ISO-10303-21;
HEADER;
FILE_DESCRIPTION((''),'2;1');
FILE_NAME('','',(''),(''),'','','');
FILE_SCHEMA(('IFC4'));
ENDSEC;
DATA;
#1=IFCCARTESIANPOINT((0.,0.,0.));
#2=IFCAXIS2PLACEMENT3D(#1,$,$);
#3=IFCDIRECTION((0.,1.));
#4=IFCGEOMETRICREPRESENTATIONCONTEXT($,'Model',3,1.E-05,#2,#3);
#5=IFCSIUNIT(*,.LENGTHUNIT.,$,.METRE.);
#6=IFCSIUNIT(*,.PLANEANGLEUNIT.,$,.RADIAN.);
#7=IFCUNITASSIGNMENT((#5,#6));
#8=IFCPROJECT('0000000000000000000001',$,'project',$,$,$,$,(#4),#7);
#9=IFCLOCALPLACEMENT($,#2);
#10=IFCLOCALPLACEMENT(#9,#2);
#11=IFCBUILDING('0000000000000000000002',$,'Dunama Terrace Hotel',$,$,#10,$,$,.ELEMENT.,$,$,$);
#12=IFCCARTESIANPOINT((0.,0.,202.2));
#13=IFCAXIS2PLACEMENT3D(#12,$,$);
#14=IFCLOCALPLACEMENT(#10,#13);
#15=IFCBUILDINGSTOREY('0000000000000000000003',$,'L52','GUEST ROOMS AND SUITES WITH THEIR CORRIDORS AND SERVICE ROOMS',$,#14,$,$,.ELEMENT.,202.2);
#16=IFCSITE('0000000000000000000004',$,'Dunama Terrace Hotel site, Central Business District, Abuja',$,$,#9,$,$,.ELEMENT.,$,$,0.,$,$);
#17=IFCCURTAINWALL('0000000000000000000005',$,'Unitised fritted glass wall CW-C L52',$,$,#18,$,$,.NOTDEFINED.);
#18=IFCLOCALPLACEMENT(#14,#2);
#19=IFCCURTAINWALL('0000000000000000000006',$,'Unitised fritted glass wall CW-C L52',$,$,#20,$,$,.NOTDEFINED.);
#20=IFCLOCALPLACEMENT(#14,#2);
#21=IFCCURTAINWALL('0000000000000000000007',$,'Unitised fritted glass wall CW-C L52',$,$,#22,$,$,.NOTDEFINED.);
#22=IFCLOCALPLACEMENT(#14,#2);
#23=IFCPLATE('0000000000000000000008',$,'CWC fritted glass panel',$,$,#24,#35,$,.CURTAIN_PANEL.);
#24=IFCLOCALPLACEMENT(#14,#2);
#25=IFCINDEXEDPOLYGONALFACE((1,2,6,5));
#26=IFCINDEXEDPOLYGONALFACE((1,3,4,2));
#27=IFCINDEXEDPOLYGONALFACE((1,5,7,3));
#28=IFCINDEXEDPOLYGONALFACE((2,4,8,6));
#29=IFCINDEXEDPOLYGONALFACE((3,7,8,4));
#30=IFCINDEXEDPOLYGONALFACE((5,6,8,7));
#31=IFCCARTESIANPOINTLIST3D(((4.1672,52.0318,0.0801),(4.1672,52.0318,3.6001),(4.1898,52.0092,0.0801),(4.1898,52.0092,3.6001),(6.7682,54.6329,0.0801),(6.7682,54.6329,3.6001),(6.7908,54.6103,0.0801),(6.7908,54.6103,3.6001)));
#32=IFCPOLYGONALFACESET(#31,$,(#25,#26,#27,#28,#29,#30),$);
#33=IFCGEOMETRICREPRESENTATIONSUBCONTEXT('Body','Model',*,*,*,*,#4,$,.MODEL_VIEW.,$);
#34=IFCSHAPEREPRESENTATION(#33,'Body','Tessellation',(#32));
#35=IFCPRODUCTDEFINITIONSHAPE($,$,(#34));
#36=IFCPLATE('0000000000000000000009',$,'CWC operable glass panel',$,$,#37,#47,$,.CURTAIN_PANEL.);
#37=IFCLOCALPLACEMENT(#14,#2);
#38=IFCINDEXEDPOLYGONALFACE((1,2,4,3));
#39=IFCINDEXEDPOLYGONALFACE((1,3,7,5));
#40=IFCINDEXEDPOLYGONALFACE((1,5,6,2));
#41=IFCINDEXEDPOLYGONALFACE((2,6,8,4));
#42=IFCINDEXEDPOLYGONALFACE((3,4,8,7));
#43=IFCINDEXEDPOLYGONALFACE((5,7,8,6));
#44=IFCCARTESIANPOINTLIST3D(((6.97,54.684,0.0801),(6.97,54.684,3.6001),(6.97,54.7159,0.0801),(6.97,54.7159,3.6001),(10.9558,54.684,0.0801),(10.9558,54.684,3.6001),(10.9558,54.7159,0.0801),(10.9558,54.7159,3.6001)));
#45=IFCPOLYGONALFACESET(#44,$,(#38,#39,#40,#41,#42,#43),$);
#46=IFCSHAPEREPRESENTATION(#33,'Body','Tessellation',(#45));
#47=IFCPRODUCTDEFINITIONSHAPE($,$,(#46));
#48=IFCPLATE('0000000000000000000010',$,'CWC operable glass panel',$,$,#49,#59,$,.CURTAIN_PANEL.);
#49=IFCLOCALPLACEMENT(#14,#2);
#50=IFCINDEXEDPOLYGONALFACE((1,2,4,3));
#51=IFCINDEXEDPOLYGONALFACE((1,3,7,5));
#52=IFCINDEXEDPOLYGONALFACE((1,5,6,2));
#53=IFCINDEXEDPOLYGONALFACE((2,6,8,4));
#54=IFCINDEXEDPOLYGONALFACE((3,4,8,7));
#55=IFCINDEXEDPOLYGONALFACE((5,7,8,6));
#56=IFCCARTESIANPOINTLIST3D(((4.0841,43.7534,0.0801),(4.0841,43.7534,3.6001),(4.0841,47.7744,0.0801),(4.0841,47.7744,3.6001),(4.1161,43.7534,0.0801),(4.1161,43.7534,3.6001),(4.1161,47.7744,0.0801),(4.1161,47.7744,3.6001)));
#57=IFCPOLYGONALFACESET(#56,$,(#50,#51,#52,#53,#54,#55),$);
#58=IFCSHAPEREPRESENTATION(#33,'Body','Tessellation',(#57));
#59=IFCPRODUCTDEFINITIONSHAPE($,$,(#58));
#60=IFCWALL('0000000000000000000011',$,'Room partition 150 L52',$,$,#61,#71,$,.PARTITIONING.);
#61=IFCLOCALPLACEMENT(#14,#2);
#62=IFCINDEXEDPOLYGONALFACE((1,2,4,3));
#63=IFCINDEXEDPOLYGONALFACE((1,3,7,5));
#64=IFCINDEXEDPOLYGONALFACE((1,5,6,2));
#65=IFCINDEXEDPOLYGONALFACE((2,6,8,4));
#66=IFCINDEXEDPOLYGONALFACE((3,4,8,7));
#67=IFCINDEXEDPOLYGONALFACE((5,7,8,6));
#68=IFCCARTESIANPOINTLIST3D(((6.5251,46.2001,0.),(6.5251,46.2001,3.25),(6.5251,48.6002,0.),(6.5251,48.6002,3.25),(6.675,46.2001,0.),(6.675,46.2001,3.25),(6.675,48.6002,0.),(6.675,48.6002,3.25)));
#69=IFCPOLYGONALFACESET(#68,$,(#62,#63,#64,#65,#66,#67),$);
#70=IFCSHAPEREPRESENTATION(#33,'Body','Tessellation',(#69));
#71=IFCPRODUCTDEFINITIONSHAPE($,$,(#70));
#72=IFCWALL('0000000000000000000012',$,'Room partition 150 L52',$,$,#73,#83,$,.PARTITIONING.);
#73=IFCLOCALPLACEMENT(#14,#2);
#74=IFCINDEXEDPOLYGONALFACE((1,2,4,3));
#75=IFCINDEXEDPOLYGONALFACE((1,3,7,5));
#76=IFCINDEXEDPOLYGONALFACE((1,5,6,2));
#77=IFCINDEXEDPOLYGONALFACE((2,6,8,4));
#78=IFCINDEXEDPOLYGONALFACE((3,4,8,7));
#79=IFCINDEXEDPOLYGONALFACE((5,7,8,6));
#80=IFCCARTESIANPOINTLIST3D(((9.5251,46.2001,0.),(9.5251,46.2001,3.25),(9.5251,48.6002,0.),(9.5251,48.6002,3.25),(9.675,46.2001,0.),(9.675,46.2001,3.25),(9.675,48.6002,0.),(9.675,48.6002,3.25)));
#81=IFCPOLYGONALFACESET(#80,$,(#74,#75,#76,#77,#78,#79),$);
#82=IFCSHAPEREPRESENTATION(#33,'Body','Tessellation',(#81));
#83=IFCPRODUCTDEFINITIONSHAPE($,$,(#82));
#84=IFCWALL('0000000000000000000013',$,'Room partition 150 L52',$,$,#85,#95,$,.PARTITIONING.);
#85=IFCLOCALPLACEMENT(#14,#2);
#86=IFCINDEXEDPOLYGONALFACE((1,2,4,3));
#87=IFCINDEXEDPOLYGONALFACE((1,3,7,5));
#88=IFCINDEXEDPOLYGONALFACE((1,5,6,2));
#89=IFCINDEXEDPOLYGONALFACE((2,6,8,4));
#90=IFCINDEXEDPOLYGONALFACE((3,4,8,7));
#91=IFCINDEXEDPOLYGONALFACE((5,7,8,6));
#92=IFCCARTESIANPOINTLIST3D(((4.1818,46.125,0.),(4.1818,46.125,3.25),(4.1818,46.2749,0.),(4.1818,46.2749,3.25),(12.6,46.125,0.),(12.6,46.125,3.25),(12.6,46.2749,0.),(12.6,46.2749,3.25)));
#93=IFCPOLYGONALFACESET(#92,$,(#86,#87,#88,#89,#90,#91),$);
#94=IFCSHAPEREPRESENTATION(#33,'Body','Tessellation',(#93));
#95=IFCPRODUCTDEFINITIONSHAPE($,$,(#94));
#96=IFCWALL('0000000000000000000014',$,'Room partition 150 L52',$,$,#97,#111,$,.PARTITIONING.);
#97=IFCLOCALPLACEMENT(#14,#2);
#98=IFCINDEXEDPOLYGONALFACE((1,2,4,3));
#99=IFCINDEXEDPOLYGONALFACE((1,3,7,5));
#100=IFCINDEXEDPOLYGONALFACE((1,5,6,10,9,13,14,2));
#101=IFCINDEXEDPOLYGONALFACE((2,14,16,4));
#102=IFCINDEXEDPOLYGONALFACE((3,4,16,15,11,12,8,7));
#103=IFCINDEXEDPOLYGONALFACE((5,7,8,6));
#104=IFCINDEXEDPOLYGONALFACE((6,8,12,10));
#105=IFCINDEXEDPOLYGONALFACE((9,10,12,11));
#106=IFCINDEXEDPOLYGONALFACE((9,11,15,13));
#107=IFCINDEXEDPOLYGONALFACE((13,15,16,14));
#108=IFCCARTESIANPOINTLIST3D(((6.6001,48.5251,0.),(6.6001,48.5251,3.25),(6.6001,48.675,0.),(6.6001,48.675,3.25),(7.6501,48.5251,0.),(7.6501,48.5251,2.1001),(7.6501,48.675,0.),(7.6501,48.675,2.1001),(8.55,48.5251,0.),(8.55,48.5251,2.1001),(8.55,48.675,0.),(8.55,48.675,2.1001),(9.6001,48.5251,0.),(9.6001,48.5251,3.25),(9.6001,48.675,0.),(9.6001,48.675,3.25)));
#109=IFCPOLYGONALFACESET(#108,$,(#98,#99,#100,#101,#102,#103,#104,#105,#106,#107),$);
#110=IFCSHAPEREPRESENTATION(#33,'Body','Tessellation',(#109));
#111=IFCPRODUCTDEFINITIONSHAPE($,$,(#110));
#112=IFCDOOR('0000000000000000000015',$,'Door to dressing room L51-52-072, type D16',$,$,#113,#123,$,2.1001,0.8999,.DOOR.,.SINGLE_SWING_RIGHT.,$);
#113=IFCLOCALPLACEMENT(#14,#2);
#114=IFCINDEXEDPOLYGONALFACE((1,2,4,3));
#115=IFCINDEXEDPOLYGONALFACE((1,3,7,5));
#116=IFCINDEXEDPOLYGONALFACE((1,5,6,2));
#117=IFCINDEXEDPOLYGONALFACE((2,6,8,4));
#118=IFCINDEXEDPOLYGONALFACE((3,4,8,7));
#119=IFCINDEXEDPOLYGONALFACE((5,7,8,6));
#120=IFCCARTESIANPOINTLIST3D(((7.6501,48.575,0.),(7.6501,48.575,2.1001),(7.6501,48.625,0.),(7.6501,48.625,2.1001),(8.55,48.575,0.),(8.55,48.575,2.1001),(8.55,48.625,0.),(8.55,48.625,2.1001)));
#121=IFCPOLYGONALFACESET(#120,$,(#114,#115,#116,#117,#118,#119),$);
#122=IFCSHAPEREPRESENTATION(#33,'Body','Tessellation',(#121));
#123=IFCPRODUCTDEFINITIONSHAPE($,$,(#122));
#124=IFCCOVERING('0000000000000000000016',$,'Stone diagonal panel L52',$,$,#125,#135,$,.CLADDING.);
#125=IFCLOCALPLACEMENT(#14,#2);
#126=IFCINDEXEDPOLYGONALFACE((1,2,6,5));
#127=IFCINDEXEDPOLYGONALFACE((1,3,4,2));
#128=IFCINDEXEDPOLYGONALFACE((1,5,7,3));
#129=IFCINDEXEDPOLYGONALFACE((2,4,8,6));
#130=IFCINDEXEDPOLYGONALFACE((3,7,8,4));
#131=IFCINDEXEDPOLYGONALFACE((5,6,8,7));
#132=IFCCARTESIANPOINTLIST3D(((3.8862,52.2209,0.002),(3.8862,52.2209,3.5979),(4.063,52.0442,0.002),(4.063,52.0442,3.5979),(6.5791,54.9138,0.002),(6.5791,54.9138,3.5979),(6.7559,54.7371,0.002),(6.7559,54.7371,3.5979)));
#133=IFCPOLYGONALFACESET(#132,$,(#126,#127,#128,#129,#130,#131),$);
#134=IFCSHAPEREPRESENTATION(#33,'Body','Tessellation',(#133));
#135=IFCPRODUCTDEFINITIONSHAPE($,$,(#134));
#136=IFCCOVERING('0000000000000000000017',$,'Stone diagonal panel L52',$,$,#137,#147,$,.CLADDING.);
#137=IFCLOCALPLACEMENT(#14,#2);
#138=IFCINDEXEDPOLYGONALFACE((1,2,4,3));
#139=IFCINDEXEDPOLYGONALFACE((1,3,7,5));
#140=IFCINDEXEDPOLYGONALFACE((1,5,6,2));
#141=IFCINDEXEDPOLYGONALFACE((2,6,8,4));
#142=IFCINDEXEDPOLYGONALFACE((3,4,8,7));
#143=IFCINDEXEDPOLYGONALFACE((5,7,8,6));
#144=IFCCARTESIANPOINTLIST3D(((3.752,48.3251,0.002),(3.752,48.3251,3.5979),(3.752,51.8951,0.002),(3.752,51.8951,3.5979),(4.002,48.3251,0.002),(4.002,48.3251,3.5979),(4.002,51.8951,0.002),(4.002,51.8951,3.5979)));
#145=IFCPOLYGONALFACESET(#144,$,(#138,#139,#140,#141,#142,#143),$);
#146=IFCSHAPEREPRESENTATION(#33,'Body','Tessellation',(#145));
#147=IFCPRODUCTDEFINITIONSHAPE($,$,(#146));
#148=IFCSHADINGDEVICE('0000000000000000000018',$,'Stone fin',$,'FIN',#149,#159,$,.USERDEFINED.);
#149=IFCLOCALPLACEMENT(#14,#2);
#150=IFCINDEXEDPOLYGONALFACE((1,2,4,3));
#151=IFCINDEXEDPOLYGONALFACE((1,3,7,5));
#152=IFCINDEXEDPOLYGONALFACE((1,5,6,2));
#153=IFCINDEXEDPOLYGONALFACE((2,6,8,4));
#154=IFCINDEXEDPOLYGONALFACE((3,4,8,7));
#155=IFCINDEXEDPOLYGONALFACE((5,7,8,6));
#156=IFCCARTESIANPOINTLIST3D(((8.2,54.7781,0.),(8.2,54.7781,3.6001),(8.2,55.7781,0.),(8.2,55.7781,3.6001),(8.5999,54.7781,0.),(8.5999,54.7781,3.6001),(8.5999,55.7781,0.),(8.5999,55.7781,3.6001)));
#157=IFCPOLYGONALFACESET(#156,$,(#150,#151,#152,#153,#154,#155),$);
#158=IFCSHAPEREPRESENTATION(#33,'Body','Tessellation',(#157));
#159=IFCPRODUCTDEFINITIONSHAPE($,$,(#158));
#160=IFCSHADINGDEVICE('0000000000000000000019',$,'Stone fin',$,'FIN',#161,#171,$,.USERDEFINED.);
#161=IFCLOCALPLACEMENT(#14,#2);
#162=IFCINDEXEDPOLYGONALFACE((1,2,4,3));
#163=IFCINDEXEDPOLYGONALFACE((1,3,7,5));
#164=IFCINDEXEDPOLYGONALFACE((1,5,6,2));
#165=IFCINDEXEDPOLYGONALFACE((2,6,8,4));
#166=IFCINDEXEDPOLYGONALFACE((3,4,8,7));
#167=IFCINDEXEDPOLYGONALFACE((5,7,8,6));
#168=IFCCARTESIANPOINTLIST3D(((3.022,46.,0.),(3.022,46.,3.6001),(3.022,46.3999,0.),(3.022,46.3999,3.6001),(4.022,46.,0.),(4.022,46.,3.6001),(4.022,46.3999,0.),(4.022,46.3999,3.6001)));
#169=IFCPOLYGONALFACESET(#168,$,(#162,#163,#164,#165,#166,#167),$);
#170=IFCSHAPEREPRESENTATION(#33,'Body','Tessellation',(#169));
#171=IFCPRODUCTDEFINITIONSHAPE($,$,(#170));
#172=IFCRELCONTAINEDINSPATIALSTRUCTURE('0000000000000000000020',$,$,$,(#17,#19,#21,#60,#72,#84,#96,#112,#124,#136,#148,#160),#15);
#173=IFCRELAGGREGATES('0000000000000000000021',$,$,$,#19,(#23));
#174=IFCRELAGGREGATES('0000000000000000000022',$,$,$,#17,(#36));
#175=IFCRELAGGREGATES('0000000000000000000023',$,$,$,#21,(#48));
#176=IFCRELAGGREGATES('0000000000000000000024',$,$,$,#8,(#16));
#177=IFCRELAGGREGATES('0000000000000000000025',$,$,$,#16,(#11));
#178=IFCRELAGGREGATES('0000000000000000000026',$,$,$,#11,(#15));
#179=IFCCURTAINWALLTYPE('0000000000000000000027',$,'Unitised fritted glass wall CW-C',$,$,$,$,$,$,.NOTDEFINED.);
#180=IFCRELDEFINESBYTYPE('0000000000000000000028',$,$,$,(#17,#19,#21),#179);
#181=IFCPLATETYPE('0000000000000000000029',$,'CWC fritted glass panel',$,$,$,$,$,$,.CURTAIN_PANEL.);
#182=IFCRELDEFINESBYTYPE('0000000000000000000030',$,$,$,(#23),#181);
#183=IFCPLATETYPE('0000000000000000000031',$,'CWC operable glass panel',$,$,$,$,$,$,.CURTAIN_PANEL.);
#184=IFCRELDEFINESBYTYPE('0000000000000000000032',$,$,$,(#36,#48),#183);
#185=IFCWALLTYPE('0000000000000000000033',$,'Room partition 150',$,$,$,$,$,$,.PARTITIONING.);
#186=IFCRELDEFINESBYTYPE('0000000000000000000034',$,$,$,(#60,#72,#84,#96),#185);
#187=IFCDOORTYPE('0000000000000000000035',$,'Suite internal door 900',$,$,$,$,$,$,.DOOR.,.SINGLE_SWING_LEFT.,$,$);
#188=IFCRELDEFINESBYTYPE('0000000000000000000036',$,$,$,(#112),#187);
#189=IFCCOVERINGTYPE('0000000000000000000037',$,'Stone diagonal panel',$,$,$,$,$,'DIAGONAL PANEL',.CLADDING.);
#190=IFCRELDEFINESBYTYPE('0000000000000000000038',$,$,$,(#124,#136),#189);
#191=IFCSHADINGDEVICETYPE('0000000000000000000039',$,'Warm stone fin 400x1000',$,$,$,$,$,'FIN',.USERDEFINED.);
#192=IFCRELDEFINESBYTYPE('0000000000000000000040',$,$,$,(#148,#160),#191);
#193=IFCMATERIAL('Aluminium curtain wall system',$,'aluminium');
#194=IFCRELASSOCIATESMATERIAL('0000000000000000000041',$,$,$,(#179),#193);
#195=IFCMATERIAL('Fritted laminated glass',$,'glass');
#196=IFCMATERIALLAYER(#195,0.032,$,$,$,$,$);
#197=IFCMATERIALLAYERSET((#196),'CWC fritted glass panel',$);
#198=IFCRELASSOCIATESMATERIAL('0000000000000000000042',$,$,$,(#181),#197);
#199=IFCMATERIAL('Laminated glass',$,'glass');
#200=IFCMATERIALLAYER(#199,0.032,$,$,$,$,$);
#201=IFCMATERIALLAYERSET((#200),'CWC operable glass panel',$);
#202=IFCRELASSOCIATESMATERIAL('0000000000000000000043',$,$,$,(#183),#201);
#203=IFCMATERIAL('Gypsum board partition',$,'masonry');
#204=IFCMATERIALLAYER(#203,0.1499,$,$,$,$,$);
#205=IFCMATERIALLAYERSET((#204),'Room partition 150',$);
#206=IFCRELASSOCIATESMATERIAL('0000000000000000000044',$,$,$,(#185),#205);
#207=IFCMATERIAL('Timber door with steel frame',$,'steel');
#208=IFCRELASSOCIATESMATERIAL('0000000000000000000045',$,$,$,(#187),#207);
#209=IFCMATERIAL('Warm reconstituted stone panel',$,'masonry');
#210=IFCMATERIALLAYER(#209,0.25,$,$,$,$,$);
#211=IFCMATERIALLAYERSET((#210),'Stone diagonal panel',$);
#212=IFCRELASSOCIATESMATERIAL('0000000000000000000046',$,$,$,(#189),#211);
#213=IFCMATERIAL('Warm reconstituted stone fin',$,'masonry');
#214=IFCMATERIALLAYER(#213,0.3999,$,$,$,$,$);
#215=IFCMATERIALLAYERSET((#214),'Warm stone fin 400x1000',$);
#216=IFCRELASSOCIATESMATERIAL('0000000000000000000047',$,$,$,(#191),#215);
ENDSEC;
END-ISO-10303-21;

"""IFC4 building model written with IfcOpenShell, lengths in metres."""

from ifc_helpers import new_model, si_unit, direction, frame, frame_2d, origin, origin_2d, place, context, subcontext, project, spatial, rectangle, extrude, material, layer, layer_set, type_object, element, fill, aggregate, save


model = new_model("IFC4")

# Units and contexts
model_context = context("Model", 3, precision=1e-05, world=origin(), true_north=direction((0.0, 1.0)))
body_context = subcontext(model_context, "Body", "Model", "MODEL_VIEW")
ifc_project = project(units=[si_unit("LENGTHUNIT", "METRE"), si_unit("PLANEANGLEUNIT", "RADIAN")], contexts=[model_context])

# Site, building, storey
site_placement = place(None, origin())
site = spatial("IfcSite", under=ifc_project, at=site_placement, Name="Dunama Terrace Hotel site, Central Business District, Abuja", CompositionType="ELEMENT", RefElevation=0.0)
building_placement = place(site_placement, origin())
building = spatial("IfcBuilding", under=site, at=building_placement, Name="Dunama Terrace Hotel", CompositionType="ELEMENT")
storey_placement = place(building_placement, frame((0.0, 0.0, 202.2)))
storey = spatial("IfcBuildingStorey", under=building, at=storey_placement, Name="L52", Description="GUEST ROOMS AND SUITES WITH THEIR CORRIDORS AND SERVICE ROOMS", CompositionType="ELEMENT", Elevation=202.2)

# Curtain wall
ifc_material_1 = material(Name="Aluminium curtain wall system", Category="aluminium")
curtain_wall_type = type_object("IfcCurtainWallType", Name="Unitised fritted glass wall CW-C", PredefinedType="NOTDEFINED", material=ifc_material_1)
curtain_wall_1_placement = place(storey_placement, origin())
curtain_wall_1 = element("IfcCurtainWall", 1, at=curtain_wall_1_placement, inside=storey, type_object=curtain_wall_type, Name="Unitised fritted glass wall CW-C L52", PredefinedType="NOTDEFINED")

# Curtain walls
curtain_wall_2_placement = place(storey_placement, origin())
curtain_wall_2 = element("IfcCurtainWall", 2, at=curtain_wall_2_placement, inside=storey, type_object=curtain_wall_type, Name="Unitised fritted glass wall CW-C L52", PredefinedType="NOTDEFINED")
curtain_wall_3_placement = place(storey_placement, origin())
curtain_wall_3 = element("IfcCurtainWall", 3, at=curtain_wall_3_placement, inside=storey, type_object=curtain_wall_type, Name="Unitised fritted glass wall CW-C L52", PredefinedType="NOTDEFINED")

# Plates
ifc_material_2 = material(Name="Fritted laminated glass", Category="glass")
ifc_layer_1 = layer(ifc_material_2, 0.032)
ifc_layer_set_1 = layer_set([ifc_layer_1], Name="CWC fritted glass panel")
plate_type_1 = type_object("IfcPlateType", Name="CWC fritted glass panel", PredefinedType="CURTAIN_PANEL", material=ifc_layer_set_1)
plate_1_placement = place(storey_placement, frame((5.479, 53.321, 0.0801), z_axis=(0.0, 0.0, 1.0), x_axis=(-0.707107, -0.707107, 0.0)))
plate_1 = element("IfcPlate", 4, at=plate_1_placement, type_object=plate_type_1, Name="CWC fritted glass panel", PredefinedType="CURTAIN_PANEL", context=body_context, shape_type="SweptSolid", body=[
    extrude(rectangle(XDim=3.6785, YDim=0.032, at=origin_2d()), origin(), (0.0, 0.0, 1.0), 3.52),
])
aggregate(curtain_wall_2, [plate_1])
ifc_material_3 = material(Name="Laminated glass", Category="glass")
ifc_layer_2 = layer(ifc_material_3, 0.032)
ifc_layer_set_2 = layer_set([ifc_layer_2], Name="CWC operable glass panel")
plate_type_2 = type_object("IfcPlateType", Name="CWC operable glass panel", PredefinedType="CURTAIN_PANEL", material=ifc_layer_set_2)
plate_2_placement = place(storey_placement, frame((8.9629, 54.7, 0.0801), z_axis=(0.0, 0.0, 1.0), x_axis=(-1.0, 0.0, 0.0)))
plate_2 = element("IfcPlate", 5, at=plate_2_placement, type_object=plate_type_2, Name="CWC operable glass panel", PredefinedType="CURTAIN_PANEL", context=body_context, shape_type="SweptSolid", body=[
    extrude(rectangle(XDim=3.9858, YDim=0.032, at=origin_2d()), origin(), (0.0, 0.0, 1.0), 3.52),
])
aggregate(curtain_wall_1, [plate_2])
plate_3_placement = place(storey_placement, frame((4.1001, 45.7639, 0.0801), z_axis=(0.0, 0.0, 1.0), x_axis=(0.0, -1.0, 0.0)))
plate_3 = element("IfcPlate", 6, at=plate_3_placement, type_object=plate_type_2, Name="CWC operable glass panel", PredefinedType="CURTAIN_PANEL", context=body_context, shape_type="SweptSolid", body=[
    extrude(rectangle(XDim=4.021, YDim=0.032, at=origin_2d()), origin(), (0.0, 0.0, 1.0), 3.52),
])
aggregate(curtain_wall_3, [plate_3])

# Walls
ifc_material_4 = material(Name="Gypsum board partition", Category="masonry")
ifc_layer_3 = layer(ifc_material_4, 0.1499)
ifc_layer_set_3 = layer_set([ifc_layer_3], Name="Room partition 150")
wall_type = type_object("IfcWallType", Name="Room partition 150", PredefinedType="PARTITIONING", material=ifc_layer_set_3)
for number, where, z_axis, x_axis, name in (
    (7, (6.6001, 46.2, 0.0), (0.0, 0.0, 1.0), (0.0, 1.0, 0.0), "Room partition 150 L52"),
    (8, (9.6001, 46.2, 0.0), (0.0, 0.0, 1.0), (0.0, 1.0, 0.0), "Room partition 150 L52"),
):
    element("IfcWall", number, at=place(storey_placement, frame(where, z_axis=z_axis, x_axis=x_axis)), inside=storey, type_object=wall_type, Name=name, PredefinedType="PARTITIONING", context=body_context, shape_type="SweptSolid", body=[
        extrude(rectangle(XDim=2.4001, YDim=0.1499, at=frame_2d((1.2002, 0.0))), origin(), (0.0, 0.0, 1.0), 3.25),
    ])
wall_1_placement = place(storey_placement, frame((4.1819, 46.2, 0.0), z_axis=(0.0, 0.0, 1.0), x_axis=(1.0, 0.0, 0.0)))
element("IfcWall", 9, at=wall_1_placement, inside=storey, type_object=wall_type, Name="Room partition 150 L52", PredefinedType="PARTITIONING", context=body_context, shape_type="SweptSolid", body=[
    extrude(rectangle(XDim=8.4182, YDim=0.1499, at=frame_2d((4.209, 0.0))), origin(), (0.0, 0.0, 1.0), 3.25),
])

# Wall, opening, door
wall_2_placement = place(storey_placement, frame((6.6001, 48.6001, 0.0), z_axis=(0.0, 0.0, 1.0), x_axis=(1.0, 0.0, 0.0)))
wall_2 = element("IfcWall", 10, at=wall_2_placement, inside=storey, type_object=wall_type, Name="Room partition 150 L52", PredefinedType="PARTITIONING", context=body_context, shape_type="SweptSolid", body=[
    extrude(rectangle(XDim=3.0, YDim=0.1499, at=frame_2d((1.5, 0.0))), origin(), (0.0, 0.0, 1.0), 3.25),
])
opening_placement = place(wall_2_placement, frame((1.05, 0.0, 0.0)))
opening = element("IfcOpeningElement", 11, at=opening_placement, cuts=wall_2, PredefinedType="OPENING", context=body_context, shape_type="SweptSolid", body=[
    extrude(rectangle(XDim=0.8999, YDim=2.1001, at=frame_2d((0.45, 1.05))), frame((0.0, 0.085, 0.0), z_axis=(0.0, -1.0, 0.0), x_axis=(1.0, 0.0, 0.0)), (0.0, 0.0, 1.0), 0.1699),
])
ifc_material_5 = material(Name="Timber door with steel frame", Category="steel")
door_type = type_object("IfcDoorType", Name="Suite internal door 900", OperationType="SINGLE_SWING_LEFT", PredefinedType="DOOR", material=ifc_material_5)
door_placement = place(opening_placement, frame((0.8999, 0.0, 0.0), z_axis=(0.0, 0.0, 1.0), x_axis=(-1.0, 0.0, 0.0)))
door = element("IfcDoor", 12, at=door_placement, inside=storey, type_object=door_type, Name="Door to dressing room L51-52-072, type D16", OperationType="SINGLE_SWING_RIGHT", OverallHeight=2.1001, OverallWidth=0.8999, PredefinedType="DOOR", context=body_context, shape_type="SweptSolid", body=[
    extrude(rectangle(XDim=0.8999, YDim=2.1001, at=frame_2d((0.45, 1.05))), frame((0.0, 0.0251, 0.0), z_axis=(0.0, -1.0, 0.0), x_axis=(1.0, 0.0, 0.0)), (0.0, 0.0, 1.0), 0.05),
])
fill(opening, door)

# Coverings
ifc_material_6 = material(Name="Warm reconstituted stone panel", Category="masonry")
ifc_layer_4 = layer(ifc_material_6, 0.25)
ifc_layer_set_4 = layer_set([ifc_layer_4], Name="Stone diagonal panel")
covering_type = type_object("IfcCoveringType", Name="Stone diagonal panel", ElementType="DIAGONAL PANEL", PredefinedType="CLADDING", material=ifc_layer_set_4)
covering_1_placement = place(storey_placement, frame((5.321, 53.479, 0.002), z_axis=(0.0, 0.0, 1.0), x_axis=(-0.707107, -0.707107, 0.0)))
element("IfcCovering", 13, at=covering_1_placement, inside=storey, type_object=covering_type, Name="Stone diagonal panel L52", PredefinedType="CLADDING", context=body_context, shape_type="SweptSolid", body=[
    extrude(rectangle(XDim=3.8083, YDim=0.25, at=origin_2d()), origin(), (0.0, 0.0, 1.0), 3.5959),
])
covering_2_placement = place(storey_placement, frame((3.877, 50.1101, 0.002), z_axis=(0.0, 0.0, 1.0), x_axis=(0.0, -1.0, 0.0)))
element("IfcCovering", 14, at=covering_2_placement, inside=storey, type_object=covering_type, Name="Stone diagonal panel L52", PredefinedType="CLADDING", context=body_context, shape_type="SweptSolid", body=[
    extrude(rectangle(XDim=3.5701, YDim=0.25, at=origin_2d()), origin(), (0.0, 0.0, 1.0), 3.5959),
])

# Shading devices
ifc_material_7 = material(Name="Warm reconstituted stone fin", Category="masonry")
ifc_layer_5 = layer(ifc_material_7, 0.3999)
ifc_layer_set_5 = layer_set([ifc_layer_5], Name="Warm stone fin 400x1000")
shading_device_type = type_object("IfcShadingDeviceType", Name="Warm stone fin 400x1000", ElementType="FIN", PredefinedType="USERDEFINED", material=ifc_layer_set_5)
for number, where, z_axis, x_axis, name in (
    (15, (8.3999, 55.2781, 0.0), (0.0, 0.0, 1.0), (-1.0, 0.0, 0.0), "Stone fin"),
    (16, (3.522, 46.2, 0.0), (0.0, 0.0, 1.0), (0.0, -1.0, 0.0), "Stone fin"),
):
    element("IfcShadingDevice", number, at=place(storey_placement, frame(where, z_axis=z_axis, x_axis=x_axis)), inside=storey, type_object=shading_device_type, Name=name, ObjectType="FIN", PredefinedType="USERDEFINED", context=body_context, shape_type="SweptSolid", body=[
        extrude(rectangle(XDim=0.3999, YDim=1.0, at=origin_2d()), origin(), (0.0, 0.0, 1.0), 3.6001),
    ])

save(model, "model.ifc")
